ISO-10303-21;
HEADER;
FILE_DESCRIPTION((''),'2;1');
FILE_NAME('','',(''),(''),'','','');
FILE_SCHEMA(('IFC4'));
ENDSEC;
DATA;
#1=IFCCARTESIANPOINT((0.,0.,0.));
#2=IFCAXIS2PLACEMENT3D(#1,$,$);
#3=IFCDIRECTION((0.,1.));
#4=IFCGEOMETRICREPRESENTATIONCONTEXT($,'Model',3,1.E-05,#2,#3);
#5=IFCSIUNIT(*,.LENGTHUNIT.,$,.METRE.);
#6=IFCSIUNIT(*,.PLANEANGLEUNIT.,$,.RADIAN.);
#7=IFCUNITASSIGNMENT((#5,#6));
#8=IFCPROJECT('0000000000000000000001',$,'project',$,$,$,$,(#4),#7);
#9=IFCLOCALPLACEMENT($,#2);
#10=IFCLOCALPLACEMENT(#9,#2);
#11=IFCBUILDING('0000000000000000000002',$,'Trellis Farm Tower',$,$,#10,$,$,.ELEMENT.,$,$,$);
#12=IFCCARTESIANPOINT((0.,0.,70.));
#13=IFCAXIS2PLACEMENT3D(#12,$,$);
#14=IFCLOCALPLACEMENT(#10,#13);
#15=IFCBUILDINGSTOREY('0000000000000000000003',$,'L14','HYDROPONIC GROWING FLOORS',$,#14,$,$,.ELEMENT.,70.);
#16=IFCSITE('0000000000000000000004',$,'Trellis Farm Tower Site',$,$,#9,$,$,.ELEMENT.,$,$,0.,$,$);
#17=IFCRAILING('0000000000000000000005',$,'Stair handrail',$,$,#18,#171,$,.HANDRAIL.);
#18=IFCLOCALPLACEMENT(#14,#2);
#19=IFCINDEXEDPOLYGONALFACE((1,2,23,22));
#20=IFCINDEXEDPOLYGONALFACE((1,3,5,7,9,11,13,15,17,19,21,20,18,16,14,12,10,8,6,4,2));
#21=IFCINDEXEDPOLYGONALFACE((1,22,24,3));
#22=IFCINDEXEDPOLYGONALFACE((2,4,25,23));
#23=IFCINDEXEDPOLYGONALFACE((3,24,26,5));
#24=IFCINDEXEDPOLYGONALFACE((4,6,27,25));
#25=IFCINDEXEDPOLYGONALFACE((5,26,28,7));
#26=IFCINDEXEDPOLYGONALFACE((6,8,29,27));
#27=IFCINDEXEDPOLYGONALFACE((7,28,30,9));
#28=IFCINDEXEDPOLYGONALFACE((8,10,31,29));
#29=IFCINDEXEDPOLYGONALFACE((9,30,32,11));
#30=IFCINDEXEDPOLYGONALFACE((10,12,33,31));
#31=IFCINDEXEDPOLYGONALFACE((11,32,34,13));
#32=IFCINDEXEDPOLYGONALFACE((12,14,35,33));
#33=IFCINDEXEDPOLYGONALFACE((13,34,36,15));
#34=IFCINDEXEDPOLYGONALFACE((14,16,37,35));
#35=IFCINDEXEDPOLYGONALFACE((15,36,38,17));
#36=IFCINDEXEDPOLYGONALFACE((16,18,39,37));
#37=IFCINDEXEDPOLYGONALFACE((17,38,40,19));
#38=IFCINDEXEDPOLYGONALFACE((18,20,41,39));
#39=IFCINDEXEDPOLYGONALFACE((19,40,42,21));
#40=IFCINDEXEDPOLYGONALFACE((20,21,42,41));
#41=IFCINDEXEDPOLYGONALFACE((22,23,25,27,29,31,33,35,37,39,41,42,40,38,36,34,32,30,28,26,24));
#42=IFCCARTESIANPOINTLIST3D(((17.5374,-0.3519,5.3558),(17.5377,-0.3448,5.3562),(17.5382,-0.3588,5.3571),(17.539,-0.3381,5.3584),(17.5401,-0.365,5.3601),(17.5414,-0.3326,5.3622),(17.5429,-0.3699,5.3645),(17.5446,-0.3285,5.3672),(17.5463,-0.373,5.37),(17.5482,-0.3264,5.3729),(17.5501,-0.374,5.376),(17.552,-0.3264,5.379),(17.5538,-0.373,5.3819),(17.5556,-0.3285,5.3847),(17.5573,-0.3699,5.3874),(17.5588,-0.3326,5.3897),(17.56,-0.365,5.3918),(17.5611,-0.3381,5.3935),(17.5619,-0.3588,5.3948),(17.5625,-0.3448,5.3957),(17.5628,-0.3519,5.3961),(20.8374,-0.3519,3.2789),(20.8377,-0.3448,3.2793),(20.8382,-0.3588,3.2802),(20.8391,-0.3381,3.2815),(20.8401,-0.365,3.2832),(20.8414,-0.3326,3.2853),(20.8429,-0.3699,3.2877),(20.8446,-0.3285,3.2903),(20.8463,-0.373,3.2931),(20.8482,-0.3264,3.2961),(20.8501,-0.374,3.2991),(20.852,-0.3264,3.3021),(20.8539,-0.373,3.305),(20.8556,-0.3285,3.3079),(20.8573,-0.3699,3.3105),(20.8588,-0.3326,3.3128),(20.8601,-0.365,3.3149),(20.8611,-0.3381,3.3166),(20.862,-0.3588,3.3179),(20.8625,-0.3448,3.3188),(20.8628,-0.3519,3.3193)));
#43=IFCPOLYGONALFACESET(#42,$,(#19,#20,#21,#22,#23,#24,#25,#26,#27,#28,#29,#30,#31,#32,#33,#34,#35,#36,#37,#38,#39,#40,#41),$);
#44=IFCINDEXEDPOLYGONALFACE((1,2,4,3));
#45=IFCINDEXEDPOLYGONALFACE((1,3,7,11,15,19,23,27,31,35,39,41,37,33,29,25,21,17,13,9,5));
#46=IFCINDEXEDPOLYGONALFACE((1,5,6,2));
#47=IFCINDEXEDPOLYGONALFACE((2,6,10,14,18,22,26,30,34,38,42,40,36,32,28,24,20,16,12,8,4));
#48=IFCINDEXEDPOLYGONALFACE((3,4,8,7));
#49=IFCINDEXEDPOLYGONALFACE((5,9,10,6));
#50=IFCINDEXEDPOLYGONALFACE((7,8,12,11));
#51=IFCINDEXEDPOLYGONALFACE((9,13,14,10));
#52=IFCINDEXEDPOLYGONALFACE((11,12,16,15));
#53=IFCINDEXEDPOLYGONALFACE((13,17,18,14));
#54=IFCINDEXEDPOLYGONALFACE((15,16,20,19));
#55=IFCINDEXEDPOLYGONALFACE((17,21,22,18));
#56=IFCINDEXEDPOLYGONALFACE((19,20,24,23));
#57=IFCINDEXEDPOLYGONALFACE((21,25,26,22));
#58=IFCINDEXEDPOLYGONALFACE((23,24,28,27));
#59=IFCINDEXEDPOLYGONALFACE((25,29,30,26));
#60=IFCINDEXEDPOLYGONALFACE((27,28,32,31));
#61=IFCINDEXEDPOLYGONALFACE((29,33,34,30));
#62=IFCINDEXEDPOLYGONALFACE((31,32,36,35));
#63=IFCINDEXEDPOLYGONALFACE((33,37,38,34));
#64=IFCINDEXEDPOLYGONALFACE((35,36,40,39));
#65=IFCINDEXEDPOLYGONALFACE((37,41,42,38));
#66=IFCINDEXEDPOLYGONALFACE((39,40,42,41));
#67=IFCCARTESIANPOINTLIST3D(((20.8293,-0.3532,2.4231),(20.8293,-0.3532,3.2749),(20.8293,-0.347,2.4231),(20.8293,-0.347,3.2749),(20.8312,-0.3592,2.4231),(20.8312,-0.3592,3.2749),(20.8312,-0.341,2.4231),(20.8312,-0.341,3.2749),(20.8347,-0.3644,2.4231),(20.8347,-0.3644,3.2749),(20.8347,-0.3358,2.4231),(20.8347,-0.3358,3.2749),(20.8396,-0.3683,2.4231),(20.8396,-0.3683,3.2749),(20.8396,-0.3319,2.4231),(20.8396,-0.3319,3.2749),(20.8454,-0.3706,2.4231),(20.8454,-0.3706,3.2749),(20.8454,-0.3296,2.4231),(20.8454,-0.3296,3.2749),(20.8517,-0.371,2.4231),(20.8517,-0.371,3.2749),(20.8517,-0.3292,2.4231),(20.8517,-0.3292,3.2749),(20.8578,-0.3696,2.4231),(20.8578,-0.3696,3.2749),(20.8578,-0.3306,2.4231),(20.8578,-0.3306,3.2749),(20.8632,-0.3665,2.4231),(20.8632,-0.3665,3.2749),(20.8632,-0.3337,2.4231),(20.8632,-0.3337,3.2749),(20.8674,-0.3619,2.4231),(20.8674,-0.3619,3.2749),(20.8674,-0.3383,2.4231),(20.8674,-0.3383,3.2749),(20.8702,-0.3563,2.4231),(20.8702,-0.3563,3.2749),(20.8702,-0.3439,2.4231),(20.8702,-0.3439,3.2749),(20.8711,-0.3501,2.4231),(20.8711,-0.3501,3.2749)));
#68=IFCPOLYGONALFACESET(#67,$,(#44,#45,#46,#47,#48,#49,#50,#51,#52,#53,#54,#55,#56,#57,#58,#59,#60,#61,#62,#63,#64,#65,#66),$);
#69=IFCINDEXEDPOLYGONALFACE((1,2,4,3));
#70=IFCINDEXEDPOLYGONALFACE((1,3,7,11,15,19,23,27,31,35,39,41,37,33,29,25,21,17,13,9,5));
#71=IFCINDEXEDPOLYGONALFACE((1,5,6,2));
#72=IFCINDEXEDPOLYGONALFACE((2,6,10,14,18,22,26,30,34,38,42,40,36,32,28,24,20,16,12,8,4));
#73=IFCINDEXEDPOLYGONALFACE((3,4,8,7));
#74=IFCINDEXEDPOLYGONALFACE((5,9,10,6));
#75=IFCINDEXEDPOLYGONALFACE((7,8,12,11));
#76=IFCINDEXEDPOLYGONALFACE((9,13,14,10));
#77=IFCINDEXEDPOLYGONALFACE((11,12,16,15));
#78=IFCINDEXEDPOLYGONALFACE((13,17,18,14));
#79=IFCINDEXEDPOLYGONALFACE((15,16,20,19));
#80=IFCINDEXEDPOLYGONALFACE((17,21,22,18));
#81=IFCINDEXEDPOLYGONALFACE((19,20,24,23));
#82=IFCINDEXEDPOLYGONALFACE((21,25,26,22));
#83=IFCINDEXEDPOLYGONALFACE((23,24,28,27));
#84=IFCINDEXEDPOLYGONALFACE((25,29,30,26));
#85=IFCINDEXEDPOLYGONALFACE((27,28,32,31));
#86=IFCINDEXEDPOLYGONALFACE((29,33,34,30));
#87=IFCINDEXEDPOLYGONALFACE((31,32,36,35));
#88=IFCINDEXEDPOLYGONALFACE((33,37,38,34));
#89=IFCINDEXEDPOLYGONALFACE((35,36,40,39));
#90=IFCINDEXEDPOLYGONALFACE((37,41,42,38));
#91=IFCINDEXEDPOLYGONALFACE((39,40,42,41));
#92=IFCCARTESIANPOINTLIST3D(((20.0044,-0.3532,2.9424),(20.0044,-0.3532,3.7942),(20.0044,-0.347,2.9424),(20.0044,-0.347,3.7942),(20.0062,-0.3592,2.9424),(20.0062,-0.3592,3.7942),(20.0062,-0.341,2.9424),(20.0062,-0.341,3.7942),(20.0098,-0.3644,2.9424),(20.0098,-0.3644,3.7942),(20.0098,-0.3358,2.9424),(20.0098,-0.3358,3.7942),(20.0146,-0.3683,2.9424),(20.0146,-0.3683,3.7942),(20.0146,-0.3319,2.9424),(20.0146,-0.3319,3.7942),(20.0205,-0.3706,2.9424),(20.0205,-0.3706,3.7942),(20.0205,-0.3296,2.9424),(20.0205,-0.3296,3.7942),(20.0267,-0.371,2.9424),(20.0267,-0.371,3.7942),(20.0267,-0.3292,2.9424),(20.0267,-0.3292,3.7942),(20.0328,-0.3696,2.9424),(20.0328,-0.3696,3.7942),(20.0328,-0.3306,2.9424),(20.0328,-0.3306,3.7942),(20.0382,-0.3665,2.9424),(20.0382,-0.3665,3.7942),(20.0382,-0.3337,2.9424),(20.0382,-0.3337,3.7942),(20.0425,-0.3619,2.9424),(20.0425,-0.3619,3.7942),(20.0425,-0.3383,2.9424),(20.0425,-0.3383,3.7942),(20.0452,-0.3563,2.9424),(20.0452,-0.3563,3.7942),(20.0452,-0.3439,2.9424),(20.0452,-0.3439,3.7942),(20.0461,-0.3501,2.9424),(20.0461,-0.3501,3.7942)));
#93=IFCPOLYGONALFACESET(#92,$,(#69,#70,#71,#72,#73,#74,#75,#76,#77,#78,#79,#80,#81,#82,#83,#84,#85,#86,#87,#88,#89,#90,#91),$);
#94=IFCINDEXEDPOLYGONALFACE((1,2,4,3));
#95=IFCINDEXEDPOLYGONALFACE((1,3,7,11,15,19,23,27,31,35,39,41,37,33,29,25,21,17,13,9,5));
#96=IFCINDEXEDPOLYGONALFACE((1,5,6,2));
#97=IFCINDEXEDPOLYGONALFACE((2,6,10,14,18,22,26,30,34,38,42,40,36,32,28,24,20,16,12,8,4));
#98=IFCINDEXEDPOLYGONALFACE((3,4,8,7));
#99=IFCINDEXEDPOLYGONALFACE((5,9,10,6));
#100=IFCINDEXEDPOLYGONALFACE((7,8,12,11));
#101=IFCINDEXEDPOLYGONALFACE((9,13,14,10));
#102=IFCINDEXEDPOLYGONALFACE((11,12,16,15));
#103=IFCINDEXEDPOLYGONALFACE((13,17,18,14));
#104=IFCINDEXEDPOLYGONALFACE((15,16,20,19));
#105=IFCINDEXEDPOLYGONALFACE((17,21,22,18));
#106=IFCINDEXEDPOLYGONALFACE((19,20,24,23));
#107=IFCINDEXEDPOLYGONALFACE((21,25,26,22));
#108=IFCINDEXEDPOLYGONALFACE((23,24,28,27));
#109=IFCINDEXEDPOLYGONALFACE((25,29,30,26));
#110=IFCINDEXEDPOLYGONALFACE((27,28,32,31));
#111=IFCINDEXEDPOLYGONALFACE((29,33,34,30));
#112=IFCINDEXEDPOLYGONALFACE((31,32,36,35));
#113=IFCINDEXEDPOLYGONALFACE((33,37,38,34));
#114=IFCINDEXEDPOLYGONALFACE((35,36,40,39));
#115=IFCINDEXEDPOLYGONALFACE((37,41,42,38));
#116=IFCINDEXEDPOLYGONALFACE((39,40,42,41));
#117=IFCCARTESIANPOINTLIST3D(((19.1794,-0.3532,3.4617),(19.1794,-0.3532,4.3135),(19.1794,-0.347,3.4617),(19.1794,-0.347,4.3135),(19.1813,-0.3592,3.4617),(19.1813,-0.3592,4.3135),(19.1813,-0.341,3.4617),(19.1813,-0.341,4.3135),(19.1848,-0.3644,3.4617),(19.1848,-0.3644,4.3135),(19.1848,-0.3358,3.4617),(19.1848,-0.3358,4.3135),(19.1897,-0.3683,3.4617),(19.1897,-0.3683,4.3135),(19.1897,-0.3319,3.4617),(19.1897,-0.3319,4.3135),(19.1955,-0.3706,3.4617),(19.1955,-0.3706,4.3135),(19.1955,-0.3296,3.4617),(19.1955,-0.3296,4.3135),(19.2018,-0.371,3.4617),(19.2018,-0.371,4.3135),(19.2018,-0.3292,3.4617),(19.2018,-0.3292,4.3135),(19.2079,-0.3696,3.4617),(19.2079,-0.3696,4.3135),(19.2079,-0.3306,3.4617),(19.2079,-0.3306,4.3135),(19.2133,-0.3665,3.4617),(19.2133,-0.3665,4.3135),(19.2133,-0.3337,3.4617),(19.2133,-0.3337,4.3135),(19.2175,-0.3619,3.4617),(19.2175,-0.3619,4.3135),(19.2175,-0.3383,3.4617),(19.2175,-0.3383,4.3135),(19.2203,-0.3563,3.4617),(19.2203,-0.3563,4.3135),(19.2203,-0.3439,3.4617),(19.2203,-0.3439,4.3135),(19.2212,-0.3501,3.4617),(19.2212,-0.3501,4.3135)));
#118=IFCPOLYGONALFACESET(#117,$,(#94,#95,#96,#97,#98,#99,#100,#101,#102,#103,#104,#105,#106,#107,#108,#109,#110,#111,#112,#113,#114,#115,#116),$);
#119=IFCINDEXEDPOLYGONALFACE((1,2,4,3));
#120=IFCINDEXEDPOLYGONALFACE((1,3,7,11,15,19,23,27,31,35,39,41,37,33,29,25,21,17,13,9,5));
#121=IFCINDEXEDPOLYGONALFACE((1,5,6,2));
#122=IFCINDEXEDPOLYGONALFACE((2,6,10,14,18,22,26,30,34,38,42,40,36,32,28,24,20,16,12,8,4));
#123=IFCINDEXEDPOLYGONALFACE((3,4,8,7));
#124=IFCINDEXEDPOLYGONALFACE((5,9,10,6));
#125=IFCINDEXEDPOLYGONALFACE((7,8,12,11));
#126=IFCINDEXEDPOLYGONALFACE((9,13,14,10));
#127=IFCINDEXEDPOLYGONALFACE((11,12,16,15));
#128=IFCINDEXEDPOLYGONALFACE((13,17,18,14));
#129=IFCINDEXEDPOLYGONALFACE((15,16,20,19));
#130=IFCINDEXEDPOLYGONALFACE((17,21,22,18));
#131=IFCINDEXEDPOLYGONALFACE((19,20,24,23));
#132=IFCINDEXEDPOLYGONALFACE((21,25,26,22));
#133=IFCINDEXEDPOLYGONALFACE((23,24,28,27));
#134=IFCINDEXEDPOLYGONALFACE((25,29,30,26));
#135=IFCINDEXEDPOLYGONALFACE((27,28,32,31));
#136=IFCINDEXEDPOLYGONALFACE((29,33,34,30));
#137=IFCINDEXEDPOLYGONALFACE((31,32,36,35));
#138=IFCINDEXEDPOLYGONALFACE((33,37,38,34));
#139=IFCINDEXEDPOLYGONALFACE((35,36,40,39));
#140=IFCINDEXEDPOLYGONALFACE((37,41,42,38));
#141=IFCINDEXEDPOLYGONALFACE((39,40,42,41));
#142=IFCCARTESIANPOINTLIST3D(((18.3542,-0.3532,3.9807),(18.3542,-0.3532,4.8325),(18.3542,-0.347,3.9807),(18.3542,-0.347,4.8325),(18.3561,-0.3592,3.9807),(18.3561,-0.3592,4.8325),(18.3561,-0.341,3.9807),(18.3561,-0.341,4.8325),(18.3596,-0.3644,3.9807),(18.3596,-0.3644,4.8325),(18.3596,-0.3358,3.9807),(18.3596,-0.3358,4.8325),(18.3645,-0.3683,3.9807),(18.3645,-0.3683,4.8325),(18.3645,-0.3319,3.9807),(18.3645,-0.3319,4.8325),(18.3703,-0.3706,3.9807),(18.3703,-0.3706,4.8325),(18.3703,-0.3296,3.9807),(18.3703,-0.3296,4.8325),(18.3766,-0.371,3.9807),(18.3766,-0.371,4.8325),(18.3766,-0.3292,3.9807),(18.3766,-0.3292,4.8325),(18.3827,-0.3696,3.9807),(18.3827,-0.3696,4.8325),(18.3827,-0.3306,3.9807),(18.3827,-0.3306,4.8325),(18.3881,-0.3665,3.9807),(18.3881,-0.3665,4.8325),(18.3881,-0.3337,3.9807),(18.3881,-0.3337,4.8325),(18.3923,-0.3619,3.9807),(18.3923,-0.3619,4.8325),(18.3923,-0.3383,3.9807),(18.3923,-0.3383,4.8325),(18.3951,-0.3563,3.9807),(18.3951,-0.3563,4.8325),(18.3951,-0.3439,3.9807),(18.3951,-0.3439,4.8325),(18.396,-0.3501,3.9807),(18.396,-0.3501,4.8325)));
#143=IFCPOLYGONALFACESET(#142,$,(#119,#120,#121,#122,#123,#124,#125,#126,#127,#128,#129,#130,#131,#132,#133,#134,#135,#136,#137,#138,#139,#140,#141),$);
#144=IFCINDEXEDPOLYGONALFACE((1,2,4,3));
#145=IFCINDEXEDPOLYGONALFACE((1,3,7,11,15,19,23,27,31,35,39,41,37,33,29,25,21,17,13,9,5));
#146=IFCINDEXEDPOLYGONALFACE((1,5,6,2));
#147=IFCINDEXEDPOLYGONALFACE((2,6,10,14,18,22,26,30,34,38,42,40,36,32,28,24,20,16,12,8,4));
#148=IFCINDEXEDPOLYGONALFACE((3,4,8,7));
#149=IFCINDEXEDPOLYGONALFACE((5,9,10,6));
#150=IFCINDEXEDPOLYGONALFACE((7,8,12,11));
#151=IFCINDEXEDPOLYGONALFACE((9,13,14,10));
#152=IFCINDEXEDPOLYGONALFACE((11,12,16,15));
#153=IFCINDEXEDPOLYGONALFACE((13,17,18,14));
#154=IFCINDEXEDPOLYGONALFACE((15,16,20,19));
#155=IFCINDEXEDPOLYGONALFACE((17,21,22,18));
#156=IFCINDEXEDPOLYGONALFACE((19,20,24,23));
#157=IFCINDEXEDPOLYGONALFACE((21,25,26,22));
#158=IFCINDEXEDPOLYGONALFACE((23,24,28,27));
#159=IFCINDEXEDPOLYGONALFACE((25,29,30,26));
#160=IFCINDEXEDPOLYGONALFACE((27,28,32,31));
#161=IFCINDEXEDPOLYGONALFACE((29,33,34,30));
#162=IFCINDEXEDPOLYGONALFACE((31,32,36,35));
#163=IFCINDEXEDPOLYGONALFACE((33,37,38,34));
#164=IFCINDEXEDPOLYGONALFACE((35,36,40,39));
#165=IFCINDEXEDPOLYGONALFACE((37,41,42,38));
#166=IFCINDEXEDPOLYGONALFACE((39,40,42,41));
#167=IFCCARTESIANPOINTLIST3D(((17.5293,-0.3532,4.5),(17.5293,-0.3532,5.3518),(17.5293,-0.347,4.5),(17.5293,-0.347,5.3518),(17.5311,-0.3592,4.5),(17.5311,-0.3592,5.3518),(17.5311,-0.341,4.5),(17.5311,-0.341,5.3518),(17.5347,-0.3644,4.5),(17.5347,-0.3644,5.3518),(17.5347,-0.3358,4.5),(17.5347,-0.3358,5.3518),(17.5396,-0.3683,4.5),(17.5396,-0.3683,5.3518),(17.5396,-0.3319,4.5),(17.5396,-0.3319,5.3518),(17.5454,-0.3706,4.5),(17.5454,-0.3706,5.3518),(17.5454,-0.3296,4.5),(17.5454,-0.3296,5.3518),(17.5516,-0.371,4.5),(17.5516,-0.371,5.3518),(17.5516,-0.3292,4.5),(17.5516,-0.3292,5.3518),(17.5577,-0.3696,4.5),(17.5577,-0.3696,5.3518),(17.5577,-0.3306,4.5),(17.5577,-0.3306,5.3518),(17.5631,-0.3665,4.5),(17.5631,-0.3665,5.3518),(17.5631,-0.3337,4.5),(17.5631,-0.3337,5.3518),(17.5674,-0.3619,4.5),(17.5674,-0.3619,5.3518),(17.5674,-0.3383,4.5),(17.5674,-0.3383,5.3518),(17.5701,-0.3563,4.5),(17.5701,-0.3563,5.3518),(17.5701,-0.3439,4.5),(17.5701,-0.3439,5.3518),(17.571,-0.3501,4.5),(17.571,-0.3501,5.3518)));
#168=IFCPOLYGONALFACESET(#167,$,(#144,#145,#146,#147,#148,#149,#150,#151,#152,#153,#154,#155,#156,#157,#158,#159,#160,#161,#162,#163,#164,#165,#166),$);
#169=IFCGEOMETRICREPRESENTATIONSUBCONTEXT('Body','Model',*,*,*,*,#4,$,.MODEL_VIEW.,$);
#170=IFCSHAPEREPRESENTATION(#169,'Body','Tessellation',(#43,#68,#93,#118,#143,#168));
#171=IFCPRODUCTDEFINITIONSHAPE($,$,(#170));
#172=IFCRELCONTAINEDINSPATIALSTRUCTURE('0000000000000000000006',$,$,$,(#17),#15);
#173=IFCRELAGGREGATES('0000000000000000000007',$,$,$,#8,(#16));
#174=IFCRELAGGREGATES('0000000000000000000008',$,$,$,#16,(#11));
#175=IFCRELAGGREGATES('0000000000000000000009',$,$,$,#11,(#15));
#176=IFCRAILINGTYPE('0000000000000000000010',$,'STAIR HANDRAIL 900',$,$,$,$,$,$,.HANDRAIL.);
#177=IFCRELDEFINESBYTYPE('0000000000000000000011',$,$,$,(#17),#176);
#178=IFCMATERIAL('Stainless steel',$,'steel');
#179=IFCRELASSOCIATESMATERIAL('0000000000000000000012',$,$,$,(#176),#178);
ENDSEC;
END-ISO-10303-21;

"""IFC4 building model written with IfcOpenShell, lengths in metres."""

from ifc_helpers import new_model, si_unit, direction, frame, origin, origin_2d, place, context, subcontext, project, spatial, circle, extrude, source, transform, mapped, material, type_object, element, save


model = new_model("IFC4")

# Units and contexts
model_context = context("Model", 3, precision=1e-05, world=origin(), true_north=direction((0.0, 1.0)))
body_context = subcontext(model_context, "Body", "Model", "MODEL_VIEW")
ifc_project = project(units=[si_unit("LENGTHUNIT", "METRE"), si_unit("PLANEANGLEUNIT", "RADIAN")], contexts=[model_context])

# Site, building, storey
site_placement = place(None, origin())
site = spatial("IfcSite", under=ifc_project, at=site_placement, Name="Trellis Farm Tower Site", CompositionType="ELEMENT", RefElevation=0.0)
building_placement = place(site_placement, origin())
building = spatial("IfcBuilding", under=site, at=building_placement, Name="Trellis Farm Tower", CompositionType="ELEMENT")
storey_placement = place(building_placement, frame((0.0, 0.0, 70.0)))
storey = spatial("IfcBuildingStorey", under=building, at=storey_placement, Name="L14", Description="HYDROPONIC GROWING FLOORS", CompositionType="ELEMENT", Elevation=70.0)

# Railing
ifc_material_1 = material(Name="Stainless steel", Category="steel")
railing_type = type_object("IfcRailingType", Name="STAIR HANDRAIL 900", PredefinedType="HANDRAIL", material=ifc_material_1)
shared_shape_1 = source(origin(), body_context, "Body", "SweptSolid", [
    extrude(circle(Radius=0.0239, at=origin_2d()), frame((0.0, 0.0, 0.876), z_axis=(-0.846337, 0.0, 0.532647), x_axis=(0.0, -1.0, 0.0)), (0.0, 0.0, 1.0), 3.8992),
    extrude(circle(Radius=0.021, at=origin_2d()), origin(), (0.0, 0.0, 1.0), 0.8518),
    extrude(circle(Radius=0.021, at=origin_2d()), frame((-0.825, 0.0, 0.5193)), (0.0, 0.0, 1.0), 0.8518),
    extrude(circle(Radius=0.021, at=origin_2d()), frame((-1.6499, 0.0, 1.0386)), (0.0, 0.0, 1.0), 0.8518),
    extrude(circle(Radius=0.021, at=origin_2d()), frame((-2.4751, 0.0, 1.5576)), (0.0, 0.0, 1.0), 0.8518),
    extrude(circle(Radius=0.021, at=origin_2d()), frame((-3.3, 0.0, 2.0769)), (0.0, 0.0, 1.0), 0.8518),
])
for number, where, name in (
    (1, (20.8501, -0.3501, 2.4231), "Stair handrail"),
):
    element("IfcRailing", number, at=place(storey_placement, frame(where)), inside=storey, type_object=railing_type, Name=name, PredefinedType="HANDRAIL", context=body_context, shape_type="MappedRepresentation", body=[
        mapped(shared_shape_1, transform((0.0, 0.0, 0.0))),
    ])

save(model, "model.ifc")
